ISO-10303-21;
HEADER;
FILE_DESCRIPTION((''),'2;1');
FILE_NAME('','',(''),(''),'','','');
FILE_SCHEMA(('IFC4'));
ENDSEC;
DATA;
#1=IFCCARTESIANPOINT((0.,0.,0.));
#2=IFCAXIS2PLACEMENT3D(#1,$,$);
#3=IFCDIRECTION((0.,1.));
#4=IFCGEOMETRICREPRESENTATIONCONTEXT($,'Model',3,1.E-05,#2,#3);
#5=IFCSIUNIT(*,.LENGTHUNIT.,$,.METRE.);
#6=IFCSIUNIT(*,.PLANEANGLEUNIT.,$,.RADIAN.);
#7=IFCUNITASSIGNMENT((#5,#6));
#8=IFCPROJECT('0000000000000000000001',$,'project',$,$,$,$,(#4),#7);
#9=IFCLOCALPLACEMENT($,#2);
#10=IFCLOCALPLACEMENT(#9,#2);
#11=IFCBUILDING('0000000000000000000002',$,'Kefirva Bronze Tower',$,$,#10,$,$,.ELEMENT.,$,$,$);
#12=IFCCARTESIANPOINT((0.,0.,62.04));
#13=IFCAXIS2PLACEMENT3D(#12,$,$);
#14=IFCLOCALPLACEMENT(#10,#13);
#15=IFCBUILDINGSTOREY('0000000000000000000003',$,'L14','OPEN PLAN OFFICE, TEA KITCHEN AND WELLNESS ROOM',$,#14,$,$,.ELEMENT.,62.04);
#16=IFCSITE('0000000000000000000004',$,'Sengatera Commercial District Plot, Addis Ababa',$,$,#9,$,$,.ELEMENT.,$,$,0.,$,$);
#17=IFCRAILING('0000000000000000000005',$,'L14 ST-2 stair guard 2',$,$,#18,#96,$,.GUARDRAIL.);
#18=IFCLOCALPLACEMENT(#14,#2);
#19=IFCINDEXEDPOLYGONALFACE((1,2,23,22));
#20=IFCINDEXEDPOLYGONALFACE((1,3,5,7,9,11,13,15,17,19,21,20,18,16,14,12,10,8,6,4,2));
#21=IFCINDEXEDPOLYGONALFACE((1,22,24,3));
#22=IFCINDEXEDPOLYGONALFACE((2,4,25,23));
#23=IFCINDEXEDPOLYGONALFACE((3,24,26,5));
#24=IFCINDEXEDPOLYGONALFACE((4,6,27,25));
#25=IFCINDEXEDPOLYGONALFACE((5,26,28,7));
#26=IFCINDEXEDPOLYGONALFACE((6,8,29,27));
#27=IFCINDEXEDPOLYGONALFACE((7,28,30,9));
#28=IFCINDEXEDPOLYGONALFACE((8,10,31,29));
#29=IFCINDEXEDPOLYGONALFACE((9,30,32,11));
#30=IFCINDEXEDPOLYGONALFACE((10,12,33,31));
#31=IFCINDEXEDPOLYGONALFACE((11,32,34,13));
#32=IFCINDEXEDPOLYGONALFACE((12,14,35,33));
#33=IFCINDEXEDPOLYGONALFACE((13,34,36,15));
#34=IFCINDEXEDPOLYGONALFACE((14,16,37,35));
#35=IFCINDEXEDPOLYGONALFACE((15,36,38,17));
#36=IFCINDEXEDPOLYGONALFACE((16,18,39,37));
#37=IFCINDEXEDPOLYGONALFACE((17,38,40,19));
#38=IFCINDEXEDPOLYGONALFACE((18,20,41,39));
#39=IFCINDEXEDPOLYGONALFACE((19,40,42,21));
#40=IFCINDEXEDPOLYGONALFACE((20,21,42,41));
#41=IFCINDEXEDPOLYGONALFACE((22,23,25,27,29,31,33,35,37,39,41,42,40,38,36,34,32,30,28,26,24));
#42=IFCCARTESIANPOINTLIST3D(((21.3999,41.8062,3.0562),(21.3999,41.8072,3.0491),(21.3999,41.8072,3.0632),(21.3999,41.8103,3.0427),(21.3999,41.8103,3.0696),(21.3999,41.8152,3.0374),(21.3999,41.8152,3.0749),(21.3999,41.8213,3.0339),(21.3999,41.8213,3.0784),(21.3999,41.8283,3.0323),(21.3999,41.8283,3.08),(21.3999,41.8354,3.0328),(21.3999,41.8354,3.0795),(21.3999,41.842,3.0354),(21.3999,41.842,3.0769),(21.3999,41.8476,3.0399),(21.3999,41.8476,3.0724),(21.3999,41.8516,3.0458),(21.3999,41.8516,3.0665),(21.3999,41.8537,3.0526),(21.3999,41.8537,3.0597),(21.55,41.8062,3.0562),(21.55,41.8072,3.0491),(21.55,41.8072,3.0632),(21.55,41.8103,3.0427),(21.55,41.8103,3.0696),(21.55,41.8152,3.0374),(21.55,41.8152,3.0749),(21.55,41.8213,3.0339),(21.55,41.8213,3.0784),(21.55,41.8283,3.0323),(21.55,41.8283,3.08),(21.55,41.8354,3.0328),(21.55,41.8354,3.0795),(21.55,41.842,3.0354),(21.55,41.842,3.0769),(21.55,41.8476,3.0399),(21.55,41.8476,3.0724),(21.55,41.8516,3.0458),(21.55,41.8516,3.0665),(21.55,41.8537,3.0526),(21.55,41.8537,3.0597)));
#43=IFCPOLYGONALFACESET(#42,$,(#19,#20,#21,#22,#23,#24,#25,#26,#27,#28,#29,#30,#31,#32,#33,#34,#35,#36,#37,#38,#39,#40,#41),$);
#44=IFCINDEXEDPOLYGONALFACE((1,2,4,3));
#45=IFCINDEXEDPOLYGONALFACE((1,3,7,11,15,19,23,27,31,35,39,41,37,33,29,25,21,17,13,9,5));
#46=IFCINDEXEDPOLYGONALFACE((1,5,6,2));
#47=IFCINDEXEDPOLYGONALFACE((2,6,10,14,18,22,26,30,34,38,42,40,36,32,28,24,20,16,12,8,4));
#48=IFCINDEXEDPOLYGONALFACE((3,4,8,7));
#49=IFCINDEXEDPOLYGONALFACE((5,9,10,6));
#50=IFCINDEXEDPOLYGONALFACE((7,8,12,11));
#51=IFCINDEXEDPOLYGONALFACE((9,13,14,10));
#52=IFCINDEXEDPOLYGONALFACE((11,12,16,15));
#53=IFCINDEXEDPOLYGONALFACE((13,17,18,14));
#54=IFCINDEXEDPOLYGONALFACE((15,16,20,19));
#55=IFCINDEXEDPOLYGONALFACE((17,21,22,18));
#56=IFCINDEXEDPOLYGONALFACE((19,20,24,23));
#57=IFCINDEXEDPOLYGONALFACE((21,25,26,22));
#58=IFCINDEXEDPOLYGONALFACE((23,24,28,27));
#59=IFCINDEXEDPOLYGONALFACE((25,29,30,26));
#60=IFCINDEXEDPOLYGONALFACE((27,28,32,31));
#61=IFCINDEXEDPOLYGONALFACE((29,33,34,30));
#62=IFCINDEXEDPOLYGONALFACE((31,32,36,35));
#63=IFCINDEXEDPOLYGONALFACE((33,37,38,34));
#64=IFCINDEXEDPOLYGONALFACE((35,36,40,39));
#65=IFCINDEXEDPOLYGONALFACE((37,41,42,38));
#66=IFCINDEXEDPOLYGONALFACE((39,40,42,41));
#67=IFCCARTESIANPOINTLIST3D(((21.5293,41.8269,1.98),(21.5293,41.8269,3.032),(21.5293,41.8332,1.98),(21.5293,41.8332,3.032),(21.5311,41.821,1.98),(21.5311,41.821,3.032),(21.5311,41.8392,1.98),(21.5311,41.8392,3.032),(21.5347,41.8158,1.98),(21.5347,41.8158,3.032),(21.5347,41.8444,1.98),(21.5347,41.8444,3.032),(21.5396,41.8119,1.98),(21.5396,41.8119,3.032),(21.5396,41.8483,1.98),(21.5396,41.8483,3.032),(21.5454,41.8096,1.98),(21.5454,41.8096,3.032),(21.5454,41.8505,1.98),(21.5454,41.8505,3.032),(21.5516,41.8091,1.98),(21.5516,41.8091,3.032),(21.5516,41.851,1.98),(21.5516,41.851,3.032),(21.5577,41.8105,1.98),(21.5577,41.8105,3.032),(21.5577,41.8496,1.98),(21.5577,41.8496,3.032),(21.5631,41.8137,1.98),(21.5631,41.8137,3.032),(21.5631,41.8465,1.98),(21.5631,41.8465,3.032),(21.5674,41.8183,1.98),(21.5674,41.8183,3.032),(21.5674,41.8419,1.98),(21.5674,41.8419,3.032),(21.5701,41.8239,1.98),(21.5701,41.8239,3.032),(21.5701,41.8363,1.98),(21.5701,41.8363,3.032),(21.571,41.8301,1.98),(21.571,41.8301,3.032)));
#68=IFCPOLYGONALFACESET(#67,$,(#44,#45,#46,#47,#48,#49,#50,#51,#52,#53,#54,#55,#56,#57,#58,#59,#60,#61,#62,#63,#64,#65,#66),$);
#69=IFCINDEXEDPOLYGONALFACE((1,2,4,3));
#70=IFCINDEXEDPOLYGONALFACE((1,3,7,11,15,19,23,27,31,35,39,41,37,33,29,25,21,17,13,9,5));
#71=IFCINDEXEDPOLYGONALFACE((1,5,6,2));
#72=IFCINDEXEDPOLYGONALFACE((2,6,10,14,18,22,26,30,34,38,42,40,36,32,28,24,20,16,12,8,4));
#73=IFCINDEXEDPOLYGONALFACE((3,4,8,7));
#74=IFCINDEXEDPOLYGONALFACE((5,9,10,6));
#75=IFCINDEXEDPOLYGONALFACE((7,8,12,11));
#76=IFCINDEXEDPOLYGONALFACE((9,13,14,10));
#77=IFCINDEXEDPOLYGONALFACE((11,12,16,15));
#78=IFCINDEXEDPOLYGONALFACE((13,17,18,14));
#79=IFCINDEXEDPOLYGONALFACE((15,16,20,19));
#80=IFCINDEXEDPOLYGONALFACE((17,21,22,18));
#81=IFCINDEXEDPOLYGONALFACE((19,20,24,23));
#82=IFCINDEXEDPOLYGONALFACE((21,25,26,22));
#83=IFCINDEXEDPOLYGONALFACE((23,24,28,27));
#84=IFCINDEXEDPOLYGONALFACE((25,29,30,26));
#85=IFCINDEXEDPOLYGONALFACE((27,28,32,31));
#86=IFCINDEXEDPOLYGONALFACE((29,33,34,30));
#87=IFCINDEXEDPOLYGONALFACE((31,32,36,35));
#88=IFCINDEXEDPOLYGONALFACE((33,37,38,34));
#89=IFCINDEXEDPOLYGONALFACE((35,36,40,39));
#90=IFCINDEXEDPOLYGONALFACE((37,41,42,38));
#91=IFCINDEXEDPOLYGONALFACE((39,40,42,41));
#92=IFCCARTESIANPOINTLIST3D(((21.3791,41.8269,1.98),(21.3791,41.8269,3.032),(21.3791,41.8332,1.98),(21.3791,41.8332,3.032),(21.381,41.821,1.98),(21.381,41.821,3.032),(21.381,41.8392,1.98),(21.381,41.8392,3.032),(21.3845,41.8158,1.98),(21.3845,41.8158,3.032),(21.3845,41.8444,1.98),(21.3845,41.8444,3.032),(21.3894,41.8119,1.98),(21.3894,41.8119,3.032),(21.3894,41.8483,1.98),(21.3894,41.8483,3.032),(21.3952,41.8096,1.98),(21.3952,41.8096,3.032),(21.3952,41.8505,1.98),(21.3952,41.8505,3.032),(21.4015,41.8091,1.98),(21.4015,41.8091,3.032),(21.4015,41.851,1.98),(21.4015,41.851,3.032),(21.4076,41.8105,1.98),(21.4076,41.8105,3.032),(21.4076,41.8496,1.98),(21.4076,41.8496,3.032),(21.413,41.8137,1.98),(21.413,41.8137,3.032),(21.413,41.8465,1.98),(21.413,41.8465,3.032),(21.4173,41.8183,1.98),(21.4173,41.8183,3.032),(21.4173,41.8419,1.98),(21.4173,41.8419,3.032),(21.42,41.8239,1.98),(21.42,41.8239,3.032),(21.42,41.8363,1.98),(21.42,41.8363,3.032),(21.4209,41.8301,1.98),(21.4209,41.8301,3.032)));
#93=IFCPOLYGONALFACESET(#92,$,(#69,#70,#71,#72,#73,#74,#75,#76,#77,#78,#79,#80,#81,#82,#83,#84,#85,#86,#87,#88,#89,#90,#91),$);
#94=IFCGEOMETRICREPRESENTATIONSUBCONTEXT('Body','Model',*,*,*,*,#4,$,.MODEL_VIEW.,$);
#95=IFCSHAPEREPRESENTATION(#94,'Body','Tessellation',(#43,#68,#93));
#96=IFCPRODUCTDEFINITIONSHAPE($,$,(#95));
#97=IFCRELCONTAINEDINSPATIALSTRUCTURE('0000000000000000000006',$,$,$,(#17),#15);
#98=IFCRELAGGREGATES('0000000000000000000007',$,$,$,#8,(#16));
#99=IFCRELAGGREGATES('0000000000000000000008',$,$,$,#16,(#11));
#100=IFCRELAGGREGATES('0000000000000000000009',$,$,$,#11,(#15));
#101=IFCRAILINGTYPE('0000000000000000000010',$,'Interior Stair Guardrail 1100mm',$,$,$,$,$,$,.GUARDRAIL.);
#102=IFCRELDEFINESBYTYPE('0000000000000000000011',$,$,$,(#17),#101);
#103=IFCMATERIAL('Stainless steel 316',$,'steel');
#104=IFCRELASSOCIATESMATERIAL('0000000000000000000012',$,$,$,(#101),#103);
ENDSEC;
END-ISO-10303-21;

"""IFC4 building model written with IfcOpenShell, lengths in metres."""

from ifc_helpers import new_model, si_unit, direction, frame, origin, origin_2d, place, context, subcontext, project, spatial, circle, extrude, material, type_object, element, save


model = new_model("IFC4")

# Units and contexts
model_context = context("Model", 3, precision=1e-05, world=origin(), true_north=direction((0.0, 1.0)))
body_context = subcontext(model_context, "Body", "Model", "MODEL_VIEW")
ifc_project = project(units=[si_unit("LENGTHUNIT", "METRE"), si_unit("PLANEANGLEUNIT", "RADIAN")], contexts=[model_context])

# Site, building, storey
site_placement = place(None, origin())
site = spatial("IfcSite", under=ifc_project, at=site_placement, Name="Sengatera Commercial District Plot, Addis Ababa", CompositionType="ELEMENT", RefElevation=0.0)
building_placement = place(site_placement, origin())
building = spatial("IfcBuilding", under=site, at=building_placement, Name="Kefirva Bronze Tower", CompositionType="ELEMENT")
storey_placement = place(building_placement, frame((0.0, 0.0, 62.04)))
storey = spatial("IfcBuildingStorey", under=building, at=storey_placement, Name="L14", Description="OPEN PLAN OFFICE, TEA KITCHEN AND WELLNESS ROOM", CompositionType="ELEMENT", Elevation=62.04)

# Railing
ifc_material_1 = material(Name="Stainless steel 316", Category="steel")
railing_type_1 = type_object("IfcRailingType", Name="Interior Stair Guardrail 1100mm", PredefinedType="GUARDRAIL", material=ifc_material_1)
railing_1_placement = place(storey_placement, frame((21.55, 41.8301, 1.98)))
element("IfcRailing", 1, at=railing_1_placement, inside=storey, type_object=railing_type_1, Name="L14 ST-2 stair guard 2", PredefinedType="GUARDRAIL", context=body_context, shape_type="SweptSolid", body=[
    extrude(circle(Radius=0.0239, at=origin_2d()), frame((0.0, 0.0, 1.0762), z_axis=(-1.0, 0.0, 0.0), x_axis=(0.0, -1.0, 0.0)), (0.0, 0.0, 1.0), 0.1501),
    extrude(circle(Radius=0.021, at=origin_2d()), origin(), (0.0, 0.0, 1.0), 1.052),
    extrude(circle(Radius=0.021, at=origin_2d()), frame((-0.1501, 0.0, 0.0)), (0.0, 0.0, 1.0), 1.052),
])

save(model, "model.ifc")
